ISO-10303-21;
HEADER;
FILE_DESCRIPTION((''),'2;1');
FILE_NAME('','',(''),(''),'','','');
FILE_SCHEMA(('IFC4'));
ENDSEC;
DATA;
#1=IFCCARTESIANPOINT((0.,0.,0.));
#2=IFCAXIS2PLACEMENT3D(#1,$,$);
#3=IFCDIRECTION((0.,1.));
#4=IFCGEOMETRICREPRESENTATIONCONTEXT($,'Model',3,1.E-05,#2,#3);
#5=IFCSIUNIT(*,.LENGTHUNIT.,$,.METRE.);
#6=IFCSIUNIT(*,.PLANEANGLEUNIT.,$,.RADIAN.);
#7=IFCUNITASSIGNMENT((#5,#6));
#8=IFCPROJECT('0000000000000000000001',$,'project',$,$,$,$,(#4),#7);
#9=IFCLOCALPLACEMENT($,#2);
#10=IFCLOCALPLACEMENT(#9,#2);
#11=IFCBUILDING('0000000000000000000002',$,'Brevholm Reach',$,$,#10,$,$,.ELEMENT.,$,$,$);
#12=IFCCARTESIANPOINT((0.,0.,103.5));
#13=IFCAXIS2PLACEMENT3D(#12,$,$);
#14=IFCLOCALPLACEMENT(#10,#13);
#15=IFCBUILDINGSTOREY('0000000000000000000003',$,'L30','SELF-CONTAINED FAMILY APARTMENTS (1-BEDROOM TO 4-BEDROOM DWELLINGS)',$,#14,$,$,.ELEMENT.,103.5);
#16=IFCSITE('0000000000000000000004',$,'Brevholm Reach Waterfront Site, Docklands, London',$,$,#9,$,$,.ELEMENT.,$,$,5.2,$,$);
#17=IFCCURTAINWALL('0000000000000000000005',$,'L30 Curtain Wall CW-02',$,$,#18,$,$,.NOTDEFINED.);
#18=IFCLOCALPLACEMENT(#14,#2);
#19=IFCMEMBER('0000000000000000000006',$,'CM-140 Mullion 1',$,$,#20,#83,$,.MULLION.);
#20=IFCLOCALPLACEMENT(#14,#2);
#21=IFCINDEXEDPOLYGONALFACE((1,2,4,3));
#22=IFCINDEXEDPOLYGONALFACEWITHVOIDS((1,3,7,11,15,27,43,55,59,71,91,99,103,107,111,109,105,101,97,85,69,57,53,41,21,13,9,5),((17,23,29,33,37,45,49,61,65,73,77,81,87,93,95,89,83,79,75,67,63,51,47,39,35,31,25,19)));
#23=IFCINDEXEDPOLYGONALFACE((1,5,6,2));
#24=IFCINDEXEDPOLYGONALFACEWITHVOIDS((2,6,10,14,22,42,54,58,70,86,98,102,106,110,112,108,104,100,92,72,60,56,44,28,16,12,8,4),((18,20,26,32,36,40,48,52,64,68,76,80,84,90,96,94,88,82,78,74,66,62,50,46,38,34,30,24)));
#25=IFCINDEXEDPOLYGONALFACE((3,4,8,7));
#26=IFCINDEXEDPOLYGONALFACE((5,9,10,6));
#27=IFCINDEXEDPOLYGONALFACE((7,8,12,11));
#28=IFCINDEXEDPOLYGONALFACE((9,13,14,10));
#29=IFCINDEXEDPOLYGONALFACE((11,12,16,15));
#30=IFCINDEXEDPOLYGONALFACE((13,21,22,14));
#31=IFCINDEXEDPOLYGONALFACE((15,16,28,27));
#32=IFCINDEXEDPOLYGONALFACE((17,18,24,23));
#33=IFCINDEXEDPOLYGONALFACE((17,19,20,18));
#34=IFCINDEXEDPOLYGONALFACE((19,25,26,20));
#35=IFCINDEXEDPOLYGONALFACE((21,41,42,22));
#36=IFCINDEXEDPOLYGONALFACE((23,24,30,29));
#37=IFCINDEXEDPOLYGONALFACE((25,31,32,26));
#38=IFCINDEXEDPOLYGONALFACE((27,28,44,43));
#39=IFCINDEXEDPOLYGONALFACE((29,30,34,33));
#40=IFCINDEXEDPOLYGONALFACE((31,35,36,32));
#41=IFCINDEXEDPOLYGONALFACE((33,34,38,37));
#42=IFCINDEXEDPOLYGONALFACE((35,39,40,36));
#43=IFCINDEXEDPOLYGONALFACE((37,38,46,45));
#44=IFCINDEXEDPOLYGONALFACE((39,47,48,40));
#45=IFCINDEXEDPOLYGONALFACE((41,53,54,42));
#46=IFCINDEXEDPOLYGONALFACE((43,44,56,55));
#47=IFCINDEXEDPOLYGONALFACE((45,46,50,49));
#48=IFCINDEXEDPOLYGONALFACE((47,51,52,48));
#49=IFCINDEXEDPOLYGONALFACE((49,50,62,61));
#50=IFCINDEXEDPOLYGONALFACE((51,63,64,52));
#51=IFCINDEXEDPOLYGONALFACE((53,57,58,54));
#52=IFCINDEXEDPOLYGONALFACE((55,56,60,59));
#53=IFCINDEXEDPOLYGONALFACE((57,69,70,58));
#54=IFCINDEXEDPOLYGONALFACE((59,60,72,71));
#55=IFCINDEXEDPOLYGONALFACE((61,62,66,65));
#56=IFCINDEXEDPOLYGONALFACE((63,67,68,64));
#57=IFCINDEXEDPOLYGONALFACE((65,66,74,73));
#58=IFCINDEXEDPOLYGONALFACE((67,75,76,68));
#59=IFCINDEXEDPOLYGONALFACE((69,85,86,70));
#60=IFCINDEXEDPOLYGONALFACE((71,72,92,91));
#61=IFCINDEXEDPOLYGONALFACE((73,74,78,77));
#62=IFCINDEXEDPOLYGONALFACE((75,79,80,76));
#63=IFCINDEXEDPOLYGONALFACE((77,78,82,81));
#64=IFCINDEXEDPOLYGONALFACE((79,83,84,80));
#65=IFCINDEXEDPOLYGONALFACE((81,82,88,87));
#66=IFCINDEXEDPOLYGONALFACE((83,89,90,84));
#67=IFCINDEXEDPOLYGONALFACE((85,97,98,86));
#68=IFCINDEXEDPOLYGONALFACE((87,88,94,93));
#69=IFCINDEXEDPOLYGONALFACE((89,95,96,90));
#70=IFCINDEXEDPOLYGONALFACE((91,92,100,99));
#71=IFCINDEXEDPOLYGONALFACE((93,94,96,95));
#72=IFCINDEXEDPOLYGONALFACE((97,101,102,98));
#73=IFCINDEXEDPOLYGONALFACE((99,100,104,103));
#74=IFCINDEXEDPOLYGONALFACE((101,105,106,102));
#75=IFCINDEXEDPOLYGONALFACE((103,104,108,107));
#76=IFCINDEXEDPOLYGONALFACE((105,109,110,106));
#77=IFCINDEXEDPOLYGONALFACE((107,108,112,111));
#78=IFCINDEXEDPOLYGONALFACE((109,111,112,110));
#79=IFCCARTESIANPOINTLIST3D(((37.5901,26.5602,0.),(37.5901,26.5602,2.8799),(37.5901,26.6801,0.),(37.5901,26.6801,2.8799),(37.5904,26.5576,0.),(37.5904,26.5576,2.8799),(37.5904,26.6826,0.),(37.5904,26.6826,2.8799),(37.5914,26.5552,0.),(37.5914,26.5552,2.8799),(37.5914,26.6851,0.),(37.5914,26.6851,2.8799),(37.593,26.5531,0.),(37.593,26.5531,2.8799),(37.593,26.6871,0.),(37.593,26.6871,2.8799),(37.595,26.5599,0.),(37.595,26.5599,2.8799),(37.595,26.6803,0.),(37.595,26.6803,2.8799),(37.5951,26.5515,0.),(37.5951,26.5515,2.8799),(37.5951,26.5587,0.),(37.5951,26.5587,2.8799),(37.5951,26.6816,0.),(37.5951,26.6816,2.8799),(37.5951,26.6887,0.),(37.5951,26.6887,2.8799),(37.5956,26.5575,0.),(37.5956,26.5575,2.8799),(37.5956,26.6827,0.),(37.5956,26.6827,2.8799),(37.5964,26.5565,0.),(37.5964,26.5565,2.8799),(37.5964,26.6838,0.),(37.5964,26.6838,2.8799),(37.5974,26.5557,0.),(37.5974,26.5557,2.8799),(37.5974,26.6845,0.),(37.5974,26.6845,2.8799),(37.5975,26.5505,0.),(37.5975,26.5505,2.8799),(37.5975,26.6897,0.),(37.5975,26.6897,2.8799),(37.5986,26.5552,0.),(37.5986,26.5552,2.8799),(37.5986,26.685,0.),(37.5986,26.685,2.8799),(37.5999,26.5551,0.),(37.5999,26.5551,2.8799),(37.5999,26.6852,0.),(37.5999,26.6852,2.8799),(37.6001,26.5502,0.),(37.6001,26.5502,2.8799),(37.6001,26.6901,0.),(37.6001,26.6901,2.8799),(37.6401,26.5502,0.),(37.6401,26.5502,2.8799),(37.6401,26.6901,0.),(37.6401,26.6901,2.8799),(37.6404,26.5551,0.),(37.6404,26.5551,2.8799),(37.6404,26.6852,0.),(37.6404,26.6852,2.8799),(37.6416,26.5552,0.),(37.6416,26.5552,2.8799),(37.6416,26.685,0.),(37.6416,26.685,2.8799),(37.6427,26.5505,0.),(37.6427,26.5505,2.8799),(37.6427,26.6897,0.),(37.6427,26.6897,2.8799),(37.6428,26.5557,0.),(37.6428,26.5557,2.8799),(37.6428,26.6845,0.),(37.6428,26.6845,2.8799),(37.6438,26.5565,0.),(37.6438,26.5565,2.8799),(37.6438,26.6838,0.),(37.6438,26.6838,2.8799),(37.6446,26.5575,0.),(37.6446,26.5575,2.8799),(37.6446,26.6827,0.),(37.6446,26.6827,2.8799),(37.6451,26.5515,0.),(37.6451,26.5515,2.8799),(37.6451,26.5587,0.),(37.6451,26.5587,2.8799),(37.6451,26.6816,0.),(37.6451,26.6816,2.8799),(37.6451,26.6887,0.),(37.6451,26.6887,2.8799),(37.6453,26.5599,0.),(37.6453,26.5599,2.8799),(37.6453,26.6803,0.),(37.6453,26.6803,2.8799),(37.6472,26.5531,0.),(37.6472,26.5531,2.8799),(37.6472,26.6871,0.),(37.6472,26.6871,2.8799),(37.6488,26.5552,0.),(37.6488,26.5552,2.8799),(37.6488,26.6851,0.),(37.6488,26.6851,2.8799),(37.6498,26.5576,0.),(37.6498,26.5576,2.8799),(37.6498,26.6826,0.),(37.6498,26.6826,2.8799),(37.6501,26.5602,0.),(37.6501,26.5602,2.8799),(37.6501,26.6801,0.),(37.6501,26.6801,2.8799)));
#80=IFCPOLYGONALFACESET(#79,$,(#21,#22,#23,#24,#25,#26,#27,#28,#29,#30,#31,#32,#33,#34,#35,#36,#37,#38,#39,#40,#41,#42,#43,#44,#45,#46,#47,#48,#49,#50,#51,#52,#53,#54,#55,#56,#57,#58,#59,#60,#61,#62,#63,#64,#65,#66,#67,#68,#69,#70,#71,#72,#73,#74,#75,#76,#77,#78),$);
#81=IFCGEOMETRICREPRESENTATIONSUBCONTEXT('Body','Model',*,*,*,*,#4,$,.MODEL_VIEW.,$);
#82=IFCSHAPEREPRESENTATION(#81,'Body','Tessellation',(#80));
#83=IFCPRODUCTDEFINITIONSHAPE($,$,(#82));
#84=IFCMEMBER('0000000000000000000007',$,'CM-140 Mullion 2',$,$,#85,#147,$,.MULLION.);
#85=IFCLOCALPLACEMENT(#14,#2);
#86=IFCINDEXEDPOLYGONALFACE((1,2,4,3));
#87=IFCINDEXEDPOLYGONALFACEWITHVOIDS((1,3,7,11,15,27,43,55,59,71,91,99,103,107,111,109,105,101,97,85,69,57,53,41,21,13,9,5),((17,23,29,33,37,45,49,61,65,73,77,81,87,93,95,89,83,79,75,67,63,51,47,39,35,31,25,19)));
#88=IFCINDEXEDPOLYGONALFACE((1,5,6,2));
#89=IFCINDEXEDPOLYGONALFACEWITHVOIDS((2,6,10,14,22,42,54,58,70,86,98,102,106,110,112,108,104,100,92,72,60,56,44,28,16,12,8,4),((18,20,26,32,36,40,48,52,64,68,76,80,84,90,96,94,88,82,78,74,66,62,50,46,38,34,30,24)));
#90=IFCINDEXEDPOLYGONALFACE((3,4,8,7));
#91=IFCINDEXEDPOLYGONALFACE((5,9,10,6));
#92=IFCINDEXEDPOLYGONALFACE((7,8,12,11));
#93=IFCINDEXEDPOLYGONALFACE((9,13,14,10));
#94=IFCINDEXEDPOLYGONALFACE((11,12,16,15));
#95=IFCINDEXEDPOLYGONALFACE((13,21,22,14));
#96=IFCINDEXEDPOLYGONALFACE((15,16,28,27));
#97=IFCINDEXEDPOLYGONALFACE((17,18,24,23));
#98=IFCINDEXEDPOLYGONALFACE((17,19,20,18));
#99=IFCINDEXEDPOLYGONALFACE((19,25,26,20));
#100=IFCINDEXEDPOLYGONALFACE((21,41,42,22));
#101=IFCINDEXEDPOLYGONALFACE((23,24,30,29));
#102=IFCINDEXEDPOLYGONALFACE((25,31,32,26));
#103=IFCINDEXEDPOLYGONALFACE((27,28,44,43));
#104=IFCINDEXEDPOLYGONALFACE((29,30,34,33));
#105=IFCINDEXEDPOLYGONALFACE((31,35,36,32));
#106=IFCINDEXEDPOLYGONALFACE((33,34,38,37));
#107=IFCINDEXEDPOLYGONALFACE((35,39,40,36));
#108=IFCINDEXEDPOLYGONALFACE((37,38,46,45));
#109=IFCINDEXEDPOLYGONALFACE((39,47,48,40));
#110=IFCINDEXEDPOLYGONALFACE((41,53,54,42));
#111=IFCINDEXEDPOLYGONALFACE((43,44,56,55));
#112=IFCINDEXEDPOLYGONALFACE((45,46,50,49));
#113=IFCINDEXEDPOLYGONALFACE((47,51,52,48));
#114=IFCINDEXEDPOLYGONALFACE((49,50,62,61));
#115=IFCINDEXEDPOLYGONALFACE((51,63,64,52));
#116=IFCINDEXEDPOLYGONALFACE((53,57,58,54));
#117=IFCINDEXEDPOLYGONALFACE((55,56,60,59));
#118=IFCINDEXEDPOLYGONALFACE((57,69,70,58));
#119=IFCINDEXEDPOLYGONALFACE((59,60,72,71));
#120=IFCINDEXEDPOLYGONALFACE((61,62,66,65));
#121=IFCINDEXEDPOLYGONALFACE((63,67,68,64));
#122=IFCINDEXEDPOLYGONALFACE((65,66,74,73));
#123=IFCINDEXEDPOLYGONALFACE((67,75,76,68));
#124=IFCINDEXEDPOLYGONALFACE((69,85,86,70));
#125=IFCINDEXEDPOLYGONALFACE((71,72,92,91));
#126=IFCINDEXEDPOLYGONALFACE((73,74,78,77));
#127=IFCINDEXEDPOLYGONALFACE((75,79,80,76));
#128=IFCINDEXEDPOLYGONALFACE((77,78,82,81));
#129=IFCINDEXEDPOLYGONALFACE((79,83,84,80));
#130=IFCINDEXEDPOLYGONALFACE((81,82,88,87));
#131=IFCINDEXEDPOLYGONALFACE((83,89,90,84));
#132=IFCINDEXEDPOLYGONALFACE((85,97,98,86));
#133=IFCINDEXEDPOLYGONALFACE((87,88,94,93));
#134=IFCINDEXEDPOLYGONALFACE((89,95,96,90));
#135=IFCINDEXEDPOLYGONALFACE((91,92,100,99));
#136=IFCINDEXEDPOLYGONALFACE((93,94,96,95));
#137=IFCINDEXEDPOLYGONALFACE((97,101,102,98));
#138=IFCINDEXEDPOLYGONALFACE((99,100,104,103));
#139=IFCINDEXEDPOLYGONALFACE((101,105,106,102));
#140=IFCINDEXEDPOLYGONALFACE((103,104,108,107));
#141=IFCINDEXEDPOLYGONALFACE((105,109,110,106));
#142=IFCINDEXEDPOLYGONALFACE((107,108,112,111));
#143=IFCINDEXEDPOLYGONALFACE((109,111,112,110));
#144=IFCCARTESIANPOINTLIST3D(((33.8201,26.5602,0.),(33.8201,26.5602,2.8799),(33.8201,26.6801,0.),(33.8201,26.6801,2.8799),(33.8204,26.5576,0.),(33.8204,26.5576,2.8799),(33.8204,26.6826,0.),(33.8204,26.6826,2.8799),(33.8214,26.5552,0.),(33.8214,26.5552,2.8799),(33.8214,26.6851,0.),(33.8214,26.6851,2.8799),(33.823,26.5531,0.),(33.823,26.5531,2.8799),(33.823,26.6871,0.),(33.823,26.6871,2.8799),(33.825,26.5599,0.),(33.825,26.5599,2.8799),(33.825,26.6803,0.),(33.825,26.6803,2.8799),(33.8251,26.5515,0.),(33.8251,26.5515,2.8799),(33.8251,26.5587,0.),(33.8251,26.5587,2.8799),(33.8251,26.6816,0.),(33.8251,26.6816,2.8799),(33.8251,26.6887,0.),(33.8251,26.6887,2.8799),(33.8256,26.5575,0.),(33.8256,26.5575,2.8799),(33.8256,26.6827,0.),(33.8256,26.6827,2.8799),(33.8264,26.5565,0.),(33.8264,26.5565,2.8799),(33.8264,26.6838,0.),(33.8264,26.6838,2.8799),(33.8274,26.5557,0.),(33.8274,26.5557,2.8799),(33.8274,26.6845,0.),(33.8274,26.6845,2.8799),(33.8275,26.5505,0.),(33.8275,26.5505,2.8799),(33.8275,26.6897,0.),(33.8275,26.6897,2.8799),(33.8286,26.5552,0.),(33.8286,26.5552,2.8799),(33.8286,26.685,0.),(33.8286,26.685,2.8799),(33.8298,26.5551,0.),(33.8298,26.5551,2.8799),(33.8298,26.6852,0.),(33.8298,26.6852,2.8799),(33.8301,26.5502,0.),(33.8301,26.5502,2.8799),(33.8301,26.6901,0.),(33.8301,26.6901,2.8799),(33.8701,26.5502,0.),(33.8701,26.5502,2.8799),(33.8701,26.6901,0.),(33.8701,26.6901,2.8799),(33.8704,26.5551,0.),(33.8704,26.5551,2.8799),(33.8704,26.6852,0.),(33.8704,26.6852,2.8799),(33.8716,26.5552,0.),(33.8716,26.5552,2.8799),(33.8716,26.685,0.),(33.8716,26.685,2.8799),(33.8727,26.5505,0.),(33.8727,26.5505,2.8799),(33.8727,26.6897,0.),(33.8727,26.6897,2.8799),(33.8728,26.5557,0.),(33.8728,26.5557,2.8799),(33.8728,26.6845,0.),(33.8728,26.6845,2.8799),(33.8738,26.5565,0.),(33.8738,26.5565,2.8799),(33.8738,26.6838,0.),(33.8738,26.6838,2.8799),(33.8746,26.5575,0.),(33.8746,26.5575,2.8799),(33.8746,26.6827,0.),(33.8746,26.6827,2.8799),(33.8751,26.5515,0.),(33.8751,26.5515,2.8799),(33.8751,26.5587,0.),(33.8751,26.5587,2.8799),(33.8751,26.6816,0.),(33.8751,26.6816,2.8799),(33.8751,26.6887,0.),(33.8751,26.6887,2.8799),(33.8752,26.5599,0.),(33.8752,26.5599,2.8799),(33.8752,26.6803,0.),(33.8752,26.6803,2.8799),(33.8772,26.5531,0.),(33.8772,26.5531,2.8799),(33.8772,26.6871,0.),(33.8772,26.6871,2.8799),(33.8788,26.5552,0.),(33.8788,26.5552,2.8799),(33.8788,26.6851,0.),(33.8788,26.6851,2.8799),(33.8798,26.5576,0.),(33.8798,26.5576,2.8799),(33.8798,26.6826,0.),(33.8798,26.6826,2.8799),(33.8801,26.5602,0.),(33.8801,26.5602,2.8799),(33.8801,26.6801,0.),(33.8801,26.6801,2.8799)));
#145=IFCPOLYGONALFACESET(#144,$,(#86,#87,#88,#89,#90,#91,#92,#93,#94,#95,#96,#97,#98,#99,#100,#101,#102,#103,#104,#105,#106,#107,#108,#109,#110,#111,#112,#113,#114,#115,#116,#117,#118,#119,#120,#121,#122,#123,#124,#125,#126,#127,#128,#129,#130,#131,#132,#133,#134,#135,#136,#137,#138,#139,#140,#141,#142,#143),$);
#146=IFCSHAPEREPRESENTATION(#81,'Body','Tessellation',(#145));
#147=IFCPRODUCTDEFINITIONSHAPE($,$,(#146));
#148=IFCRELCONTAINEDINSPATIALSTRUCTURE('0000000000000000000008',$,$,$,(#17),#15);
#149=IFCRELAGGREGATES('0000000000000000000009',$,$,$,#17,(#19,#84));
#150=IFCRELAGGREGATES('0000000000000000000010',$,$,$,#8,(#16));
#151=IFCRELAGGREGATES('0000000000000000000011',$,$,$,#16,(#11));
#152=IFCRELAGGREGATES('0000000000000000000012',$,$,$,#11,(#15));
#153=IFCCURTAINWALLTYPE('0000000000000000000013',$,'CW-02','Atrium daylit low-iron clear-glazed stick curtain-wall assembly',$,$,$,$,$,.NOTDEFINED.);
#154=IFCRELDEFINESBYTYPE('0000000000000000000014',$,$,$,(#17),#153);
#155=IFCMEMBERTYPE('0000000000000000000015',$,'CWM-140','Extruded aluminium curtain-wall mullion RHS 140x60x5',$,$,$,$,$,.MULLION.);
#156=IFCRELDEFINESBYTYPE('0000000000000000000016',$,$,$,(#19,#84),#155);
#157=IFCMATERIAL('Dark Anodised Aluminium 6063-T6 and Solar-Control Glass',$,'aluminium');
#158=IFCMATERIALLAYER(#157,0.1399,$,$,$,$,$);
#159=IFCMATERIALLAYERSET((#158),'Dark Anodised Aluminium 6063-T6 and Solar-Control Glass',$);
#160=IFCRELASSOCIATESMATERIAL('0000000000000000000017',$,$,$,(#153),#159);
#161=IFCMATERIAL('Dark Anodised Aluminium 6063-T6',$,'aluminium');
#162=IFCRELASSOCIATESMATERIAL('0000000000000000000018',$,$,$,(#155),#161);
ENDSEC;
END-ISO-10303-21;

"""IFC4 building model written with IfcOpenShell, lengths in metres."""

from ifc_helpers import new_model, si_unit, direction, frame, origin, origin_2d, place, context, subcontext, project, spatial, hollow_rectangle, extrude, material, layer, layer_set, material_profile, profile_set, type_object, element, aggregate, save


model = new_model("IFC4")

# Units and contexts
model_context = context("Model", 3, precision=1e-05, world=origin(), true_north=direction((0.0, 1.0)))
body_context = subcontext(model_context, "Body", "Model", "MODEL_VIEW")
ifc_project = project(units=[si_unit("LENGTHUNIT", "METRE"), si_unit("PLANEANGLEUNIT", "RADIAN")], contexts=[model_context])

# Site, building, storey
site_placement = place(None, origin())
site = spatial("IfcSite", under=ifc_project, at=site_placement, Name="Brevholm Reach Waterfront Site, Docklands, London", CompositionType="ELEMENT", RefElevation=5.2)
building_placement = place(site_placement, origin())
building = spatial("IfcBuilding", under=site, at=building_placement, Name="Brevholm Reach", CompositionType="ELEMENT")
storey_placement = place(building_placement, frame((0.0, 0.0, 103.5)))
storey = spatial("IfcBuildingStorey", under=building, at=storey_placement, Name="L30", Description="SELF-CONTAINED FAMILY APARTMENTS (1-BEDROOM TO 4-BEDROOM DWELLINGS)", CompositionType="ELEMENT", Elevation=103.5)

# Curtain wall, members
ifc_material_1 = material(Name="Dark Anodised Aluminium 6063-T6 and Solar-Control Glass", Category="aluminium")
ifc_layer_1 = layer(ifc_material_1, 0.1399)
ifc_layer_set_1 = layer_set([ifc_layer_1], Name="Dark Anodised Aluminium 6063-T6 and Solar-Control Glass")
curtain_wall_type_1 = type_object("IfcCurtainWallType", Name="CW-02", Description="Atrium daylit low-iron clear-glazed stick curtain-wall assembly", PredefinedType="NOTDEFINED", material=ifc_layer_set_1)
curtain_wall_1_placement = place(storey_placement, origin())
curtain_wall_1 = element("IfcCurtainWall", 1, at=curtain_wall_1_placement, inside=storey, type_object=curtain_wall_type_1, Name="L30 Curtain Wall CW-02", PredefinedType="NOTDEFINED")
ifc_material_2 = material(Name="Dark Anodised Aluminium 6063-T6", Category="aluminium")
ifc_material_profile_1 = material_profile(ifc_material_2, hollow_rectangle(XDim=0.0601, YDim=0.1399, WallThickness=0.0049, InnerFilletRadius=0.0049, OuterFilletRadius=0.01, at=origin_2d()), Name="RHS 140x60x5")
ifc_profile_set_1 = profile_set([ifc_material_profile_1], Name="Dark Anodised Aluminium 6063-T6")
member_type_1 = type_object("IfcMemberType", Name="CWM-140", Description="Extruded aluminium curtain-wall mullion RHS 140x60x5", PredefinedType="MULLION", material=ifc_profile_set_1)
member_1_placement = place(storey_placement, frame((37.6201, 26.6201, 0.0), z_axis=(0.0, 0.0, 1.0), x_axis=(-1.0, 0.0, 0.0)))
member_1 = element("IfcMember", 2, at=member_1_placement, type_object=member_type_1, Name="CM-140 Mullion 1", PredefinedType="MULLION", context=body_context, shape_type="SweptSolid", body=[
    extrude(hollow_rectangle(XDim=0.0601, YDim=0.1399, WallThickness=0.0049, InnerFilletRadius=0.0049, OuterFilletRadius=0.01, at=origin_2d()), origin(), (0.0, 0.0, 1.0), 2.8799),
])
member_2_placement = place(storey_placement, frame((33.8501, 26.6201, 0.0), z_axis=(0.0, 0.0, 1.0), x_axis=(-1.0, 0.0, 0.0)))
member_2 = element("IfcMember", 3, at=member_2_placement, type_object=member_type_1, Name="CM-140 Mullion 2", PredefinedType="MULLION", context=body_context, shape_type="SweptSolid", body=[
    extrude(hollow_rectangle(XDim=0.0601, YDim=0.1399, WallThickness=0.0049, InnerFilletRadius=0.0049, OuterFilletRadius=0.01, at=origin_2d()), origin(), (0.0, 0.0, 1.0), 2.8799),
])

aggregate(curtain_wall_1, [member_1, member_2])

save(model, "model.ifc")
